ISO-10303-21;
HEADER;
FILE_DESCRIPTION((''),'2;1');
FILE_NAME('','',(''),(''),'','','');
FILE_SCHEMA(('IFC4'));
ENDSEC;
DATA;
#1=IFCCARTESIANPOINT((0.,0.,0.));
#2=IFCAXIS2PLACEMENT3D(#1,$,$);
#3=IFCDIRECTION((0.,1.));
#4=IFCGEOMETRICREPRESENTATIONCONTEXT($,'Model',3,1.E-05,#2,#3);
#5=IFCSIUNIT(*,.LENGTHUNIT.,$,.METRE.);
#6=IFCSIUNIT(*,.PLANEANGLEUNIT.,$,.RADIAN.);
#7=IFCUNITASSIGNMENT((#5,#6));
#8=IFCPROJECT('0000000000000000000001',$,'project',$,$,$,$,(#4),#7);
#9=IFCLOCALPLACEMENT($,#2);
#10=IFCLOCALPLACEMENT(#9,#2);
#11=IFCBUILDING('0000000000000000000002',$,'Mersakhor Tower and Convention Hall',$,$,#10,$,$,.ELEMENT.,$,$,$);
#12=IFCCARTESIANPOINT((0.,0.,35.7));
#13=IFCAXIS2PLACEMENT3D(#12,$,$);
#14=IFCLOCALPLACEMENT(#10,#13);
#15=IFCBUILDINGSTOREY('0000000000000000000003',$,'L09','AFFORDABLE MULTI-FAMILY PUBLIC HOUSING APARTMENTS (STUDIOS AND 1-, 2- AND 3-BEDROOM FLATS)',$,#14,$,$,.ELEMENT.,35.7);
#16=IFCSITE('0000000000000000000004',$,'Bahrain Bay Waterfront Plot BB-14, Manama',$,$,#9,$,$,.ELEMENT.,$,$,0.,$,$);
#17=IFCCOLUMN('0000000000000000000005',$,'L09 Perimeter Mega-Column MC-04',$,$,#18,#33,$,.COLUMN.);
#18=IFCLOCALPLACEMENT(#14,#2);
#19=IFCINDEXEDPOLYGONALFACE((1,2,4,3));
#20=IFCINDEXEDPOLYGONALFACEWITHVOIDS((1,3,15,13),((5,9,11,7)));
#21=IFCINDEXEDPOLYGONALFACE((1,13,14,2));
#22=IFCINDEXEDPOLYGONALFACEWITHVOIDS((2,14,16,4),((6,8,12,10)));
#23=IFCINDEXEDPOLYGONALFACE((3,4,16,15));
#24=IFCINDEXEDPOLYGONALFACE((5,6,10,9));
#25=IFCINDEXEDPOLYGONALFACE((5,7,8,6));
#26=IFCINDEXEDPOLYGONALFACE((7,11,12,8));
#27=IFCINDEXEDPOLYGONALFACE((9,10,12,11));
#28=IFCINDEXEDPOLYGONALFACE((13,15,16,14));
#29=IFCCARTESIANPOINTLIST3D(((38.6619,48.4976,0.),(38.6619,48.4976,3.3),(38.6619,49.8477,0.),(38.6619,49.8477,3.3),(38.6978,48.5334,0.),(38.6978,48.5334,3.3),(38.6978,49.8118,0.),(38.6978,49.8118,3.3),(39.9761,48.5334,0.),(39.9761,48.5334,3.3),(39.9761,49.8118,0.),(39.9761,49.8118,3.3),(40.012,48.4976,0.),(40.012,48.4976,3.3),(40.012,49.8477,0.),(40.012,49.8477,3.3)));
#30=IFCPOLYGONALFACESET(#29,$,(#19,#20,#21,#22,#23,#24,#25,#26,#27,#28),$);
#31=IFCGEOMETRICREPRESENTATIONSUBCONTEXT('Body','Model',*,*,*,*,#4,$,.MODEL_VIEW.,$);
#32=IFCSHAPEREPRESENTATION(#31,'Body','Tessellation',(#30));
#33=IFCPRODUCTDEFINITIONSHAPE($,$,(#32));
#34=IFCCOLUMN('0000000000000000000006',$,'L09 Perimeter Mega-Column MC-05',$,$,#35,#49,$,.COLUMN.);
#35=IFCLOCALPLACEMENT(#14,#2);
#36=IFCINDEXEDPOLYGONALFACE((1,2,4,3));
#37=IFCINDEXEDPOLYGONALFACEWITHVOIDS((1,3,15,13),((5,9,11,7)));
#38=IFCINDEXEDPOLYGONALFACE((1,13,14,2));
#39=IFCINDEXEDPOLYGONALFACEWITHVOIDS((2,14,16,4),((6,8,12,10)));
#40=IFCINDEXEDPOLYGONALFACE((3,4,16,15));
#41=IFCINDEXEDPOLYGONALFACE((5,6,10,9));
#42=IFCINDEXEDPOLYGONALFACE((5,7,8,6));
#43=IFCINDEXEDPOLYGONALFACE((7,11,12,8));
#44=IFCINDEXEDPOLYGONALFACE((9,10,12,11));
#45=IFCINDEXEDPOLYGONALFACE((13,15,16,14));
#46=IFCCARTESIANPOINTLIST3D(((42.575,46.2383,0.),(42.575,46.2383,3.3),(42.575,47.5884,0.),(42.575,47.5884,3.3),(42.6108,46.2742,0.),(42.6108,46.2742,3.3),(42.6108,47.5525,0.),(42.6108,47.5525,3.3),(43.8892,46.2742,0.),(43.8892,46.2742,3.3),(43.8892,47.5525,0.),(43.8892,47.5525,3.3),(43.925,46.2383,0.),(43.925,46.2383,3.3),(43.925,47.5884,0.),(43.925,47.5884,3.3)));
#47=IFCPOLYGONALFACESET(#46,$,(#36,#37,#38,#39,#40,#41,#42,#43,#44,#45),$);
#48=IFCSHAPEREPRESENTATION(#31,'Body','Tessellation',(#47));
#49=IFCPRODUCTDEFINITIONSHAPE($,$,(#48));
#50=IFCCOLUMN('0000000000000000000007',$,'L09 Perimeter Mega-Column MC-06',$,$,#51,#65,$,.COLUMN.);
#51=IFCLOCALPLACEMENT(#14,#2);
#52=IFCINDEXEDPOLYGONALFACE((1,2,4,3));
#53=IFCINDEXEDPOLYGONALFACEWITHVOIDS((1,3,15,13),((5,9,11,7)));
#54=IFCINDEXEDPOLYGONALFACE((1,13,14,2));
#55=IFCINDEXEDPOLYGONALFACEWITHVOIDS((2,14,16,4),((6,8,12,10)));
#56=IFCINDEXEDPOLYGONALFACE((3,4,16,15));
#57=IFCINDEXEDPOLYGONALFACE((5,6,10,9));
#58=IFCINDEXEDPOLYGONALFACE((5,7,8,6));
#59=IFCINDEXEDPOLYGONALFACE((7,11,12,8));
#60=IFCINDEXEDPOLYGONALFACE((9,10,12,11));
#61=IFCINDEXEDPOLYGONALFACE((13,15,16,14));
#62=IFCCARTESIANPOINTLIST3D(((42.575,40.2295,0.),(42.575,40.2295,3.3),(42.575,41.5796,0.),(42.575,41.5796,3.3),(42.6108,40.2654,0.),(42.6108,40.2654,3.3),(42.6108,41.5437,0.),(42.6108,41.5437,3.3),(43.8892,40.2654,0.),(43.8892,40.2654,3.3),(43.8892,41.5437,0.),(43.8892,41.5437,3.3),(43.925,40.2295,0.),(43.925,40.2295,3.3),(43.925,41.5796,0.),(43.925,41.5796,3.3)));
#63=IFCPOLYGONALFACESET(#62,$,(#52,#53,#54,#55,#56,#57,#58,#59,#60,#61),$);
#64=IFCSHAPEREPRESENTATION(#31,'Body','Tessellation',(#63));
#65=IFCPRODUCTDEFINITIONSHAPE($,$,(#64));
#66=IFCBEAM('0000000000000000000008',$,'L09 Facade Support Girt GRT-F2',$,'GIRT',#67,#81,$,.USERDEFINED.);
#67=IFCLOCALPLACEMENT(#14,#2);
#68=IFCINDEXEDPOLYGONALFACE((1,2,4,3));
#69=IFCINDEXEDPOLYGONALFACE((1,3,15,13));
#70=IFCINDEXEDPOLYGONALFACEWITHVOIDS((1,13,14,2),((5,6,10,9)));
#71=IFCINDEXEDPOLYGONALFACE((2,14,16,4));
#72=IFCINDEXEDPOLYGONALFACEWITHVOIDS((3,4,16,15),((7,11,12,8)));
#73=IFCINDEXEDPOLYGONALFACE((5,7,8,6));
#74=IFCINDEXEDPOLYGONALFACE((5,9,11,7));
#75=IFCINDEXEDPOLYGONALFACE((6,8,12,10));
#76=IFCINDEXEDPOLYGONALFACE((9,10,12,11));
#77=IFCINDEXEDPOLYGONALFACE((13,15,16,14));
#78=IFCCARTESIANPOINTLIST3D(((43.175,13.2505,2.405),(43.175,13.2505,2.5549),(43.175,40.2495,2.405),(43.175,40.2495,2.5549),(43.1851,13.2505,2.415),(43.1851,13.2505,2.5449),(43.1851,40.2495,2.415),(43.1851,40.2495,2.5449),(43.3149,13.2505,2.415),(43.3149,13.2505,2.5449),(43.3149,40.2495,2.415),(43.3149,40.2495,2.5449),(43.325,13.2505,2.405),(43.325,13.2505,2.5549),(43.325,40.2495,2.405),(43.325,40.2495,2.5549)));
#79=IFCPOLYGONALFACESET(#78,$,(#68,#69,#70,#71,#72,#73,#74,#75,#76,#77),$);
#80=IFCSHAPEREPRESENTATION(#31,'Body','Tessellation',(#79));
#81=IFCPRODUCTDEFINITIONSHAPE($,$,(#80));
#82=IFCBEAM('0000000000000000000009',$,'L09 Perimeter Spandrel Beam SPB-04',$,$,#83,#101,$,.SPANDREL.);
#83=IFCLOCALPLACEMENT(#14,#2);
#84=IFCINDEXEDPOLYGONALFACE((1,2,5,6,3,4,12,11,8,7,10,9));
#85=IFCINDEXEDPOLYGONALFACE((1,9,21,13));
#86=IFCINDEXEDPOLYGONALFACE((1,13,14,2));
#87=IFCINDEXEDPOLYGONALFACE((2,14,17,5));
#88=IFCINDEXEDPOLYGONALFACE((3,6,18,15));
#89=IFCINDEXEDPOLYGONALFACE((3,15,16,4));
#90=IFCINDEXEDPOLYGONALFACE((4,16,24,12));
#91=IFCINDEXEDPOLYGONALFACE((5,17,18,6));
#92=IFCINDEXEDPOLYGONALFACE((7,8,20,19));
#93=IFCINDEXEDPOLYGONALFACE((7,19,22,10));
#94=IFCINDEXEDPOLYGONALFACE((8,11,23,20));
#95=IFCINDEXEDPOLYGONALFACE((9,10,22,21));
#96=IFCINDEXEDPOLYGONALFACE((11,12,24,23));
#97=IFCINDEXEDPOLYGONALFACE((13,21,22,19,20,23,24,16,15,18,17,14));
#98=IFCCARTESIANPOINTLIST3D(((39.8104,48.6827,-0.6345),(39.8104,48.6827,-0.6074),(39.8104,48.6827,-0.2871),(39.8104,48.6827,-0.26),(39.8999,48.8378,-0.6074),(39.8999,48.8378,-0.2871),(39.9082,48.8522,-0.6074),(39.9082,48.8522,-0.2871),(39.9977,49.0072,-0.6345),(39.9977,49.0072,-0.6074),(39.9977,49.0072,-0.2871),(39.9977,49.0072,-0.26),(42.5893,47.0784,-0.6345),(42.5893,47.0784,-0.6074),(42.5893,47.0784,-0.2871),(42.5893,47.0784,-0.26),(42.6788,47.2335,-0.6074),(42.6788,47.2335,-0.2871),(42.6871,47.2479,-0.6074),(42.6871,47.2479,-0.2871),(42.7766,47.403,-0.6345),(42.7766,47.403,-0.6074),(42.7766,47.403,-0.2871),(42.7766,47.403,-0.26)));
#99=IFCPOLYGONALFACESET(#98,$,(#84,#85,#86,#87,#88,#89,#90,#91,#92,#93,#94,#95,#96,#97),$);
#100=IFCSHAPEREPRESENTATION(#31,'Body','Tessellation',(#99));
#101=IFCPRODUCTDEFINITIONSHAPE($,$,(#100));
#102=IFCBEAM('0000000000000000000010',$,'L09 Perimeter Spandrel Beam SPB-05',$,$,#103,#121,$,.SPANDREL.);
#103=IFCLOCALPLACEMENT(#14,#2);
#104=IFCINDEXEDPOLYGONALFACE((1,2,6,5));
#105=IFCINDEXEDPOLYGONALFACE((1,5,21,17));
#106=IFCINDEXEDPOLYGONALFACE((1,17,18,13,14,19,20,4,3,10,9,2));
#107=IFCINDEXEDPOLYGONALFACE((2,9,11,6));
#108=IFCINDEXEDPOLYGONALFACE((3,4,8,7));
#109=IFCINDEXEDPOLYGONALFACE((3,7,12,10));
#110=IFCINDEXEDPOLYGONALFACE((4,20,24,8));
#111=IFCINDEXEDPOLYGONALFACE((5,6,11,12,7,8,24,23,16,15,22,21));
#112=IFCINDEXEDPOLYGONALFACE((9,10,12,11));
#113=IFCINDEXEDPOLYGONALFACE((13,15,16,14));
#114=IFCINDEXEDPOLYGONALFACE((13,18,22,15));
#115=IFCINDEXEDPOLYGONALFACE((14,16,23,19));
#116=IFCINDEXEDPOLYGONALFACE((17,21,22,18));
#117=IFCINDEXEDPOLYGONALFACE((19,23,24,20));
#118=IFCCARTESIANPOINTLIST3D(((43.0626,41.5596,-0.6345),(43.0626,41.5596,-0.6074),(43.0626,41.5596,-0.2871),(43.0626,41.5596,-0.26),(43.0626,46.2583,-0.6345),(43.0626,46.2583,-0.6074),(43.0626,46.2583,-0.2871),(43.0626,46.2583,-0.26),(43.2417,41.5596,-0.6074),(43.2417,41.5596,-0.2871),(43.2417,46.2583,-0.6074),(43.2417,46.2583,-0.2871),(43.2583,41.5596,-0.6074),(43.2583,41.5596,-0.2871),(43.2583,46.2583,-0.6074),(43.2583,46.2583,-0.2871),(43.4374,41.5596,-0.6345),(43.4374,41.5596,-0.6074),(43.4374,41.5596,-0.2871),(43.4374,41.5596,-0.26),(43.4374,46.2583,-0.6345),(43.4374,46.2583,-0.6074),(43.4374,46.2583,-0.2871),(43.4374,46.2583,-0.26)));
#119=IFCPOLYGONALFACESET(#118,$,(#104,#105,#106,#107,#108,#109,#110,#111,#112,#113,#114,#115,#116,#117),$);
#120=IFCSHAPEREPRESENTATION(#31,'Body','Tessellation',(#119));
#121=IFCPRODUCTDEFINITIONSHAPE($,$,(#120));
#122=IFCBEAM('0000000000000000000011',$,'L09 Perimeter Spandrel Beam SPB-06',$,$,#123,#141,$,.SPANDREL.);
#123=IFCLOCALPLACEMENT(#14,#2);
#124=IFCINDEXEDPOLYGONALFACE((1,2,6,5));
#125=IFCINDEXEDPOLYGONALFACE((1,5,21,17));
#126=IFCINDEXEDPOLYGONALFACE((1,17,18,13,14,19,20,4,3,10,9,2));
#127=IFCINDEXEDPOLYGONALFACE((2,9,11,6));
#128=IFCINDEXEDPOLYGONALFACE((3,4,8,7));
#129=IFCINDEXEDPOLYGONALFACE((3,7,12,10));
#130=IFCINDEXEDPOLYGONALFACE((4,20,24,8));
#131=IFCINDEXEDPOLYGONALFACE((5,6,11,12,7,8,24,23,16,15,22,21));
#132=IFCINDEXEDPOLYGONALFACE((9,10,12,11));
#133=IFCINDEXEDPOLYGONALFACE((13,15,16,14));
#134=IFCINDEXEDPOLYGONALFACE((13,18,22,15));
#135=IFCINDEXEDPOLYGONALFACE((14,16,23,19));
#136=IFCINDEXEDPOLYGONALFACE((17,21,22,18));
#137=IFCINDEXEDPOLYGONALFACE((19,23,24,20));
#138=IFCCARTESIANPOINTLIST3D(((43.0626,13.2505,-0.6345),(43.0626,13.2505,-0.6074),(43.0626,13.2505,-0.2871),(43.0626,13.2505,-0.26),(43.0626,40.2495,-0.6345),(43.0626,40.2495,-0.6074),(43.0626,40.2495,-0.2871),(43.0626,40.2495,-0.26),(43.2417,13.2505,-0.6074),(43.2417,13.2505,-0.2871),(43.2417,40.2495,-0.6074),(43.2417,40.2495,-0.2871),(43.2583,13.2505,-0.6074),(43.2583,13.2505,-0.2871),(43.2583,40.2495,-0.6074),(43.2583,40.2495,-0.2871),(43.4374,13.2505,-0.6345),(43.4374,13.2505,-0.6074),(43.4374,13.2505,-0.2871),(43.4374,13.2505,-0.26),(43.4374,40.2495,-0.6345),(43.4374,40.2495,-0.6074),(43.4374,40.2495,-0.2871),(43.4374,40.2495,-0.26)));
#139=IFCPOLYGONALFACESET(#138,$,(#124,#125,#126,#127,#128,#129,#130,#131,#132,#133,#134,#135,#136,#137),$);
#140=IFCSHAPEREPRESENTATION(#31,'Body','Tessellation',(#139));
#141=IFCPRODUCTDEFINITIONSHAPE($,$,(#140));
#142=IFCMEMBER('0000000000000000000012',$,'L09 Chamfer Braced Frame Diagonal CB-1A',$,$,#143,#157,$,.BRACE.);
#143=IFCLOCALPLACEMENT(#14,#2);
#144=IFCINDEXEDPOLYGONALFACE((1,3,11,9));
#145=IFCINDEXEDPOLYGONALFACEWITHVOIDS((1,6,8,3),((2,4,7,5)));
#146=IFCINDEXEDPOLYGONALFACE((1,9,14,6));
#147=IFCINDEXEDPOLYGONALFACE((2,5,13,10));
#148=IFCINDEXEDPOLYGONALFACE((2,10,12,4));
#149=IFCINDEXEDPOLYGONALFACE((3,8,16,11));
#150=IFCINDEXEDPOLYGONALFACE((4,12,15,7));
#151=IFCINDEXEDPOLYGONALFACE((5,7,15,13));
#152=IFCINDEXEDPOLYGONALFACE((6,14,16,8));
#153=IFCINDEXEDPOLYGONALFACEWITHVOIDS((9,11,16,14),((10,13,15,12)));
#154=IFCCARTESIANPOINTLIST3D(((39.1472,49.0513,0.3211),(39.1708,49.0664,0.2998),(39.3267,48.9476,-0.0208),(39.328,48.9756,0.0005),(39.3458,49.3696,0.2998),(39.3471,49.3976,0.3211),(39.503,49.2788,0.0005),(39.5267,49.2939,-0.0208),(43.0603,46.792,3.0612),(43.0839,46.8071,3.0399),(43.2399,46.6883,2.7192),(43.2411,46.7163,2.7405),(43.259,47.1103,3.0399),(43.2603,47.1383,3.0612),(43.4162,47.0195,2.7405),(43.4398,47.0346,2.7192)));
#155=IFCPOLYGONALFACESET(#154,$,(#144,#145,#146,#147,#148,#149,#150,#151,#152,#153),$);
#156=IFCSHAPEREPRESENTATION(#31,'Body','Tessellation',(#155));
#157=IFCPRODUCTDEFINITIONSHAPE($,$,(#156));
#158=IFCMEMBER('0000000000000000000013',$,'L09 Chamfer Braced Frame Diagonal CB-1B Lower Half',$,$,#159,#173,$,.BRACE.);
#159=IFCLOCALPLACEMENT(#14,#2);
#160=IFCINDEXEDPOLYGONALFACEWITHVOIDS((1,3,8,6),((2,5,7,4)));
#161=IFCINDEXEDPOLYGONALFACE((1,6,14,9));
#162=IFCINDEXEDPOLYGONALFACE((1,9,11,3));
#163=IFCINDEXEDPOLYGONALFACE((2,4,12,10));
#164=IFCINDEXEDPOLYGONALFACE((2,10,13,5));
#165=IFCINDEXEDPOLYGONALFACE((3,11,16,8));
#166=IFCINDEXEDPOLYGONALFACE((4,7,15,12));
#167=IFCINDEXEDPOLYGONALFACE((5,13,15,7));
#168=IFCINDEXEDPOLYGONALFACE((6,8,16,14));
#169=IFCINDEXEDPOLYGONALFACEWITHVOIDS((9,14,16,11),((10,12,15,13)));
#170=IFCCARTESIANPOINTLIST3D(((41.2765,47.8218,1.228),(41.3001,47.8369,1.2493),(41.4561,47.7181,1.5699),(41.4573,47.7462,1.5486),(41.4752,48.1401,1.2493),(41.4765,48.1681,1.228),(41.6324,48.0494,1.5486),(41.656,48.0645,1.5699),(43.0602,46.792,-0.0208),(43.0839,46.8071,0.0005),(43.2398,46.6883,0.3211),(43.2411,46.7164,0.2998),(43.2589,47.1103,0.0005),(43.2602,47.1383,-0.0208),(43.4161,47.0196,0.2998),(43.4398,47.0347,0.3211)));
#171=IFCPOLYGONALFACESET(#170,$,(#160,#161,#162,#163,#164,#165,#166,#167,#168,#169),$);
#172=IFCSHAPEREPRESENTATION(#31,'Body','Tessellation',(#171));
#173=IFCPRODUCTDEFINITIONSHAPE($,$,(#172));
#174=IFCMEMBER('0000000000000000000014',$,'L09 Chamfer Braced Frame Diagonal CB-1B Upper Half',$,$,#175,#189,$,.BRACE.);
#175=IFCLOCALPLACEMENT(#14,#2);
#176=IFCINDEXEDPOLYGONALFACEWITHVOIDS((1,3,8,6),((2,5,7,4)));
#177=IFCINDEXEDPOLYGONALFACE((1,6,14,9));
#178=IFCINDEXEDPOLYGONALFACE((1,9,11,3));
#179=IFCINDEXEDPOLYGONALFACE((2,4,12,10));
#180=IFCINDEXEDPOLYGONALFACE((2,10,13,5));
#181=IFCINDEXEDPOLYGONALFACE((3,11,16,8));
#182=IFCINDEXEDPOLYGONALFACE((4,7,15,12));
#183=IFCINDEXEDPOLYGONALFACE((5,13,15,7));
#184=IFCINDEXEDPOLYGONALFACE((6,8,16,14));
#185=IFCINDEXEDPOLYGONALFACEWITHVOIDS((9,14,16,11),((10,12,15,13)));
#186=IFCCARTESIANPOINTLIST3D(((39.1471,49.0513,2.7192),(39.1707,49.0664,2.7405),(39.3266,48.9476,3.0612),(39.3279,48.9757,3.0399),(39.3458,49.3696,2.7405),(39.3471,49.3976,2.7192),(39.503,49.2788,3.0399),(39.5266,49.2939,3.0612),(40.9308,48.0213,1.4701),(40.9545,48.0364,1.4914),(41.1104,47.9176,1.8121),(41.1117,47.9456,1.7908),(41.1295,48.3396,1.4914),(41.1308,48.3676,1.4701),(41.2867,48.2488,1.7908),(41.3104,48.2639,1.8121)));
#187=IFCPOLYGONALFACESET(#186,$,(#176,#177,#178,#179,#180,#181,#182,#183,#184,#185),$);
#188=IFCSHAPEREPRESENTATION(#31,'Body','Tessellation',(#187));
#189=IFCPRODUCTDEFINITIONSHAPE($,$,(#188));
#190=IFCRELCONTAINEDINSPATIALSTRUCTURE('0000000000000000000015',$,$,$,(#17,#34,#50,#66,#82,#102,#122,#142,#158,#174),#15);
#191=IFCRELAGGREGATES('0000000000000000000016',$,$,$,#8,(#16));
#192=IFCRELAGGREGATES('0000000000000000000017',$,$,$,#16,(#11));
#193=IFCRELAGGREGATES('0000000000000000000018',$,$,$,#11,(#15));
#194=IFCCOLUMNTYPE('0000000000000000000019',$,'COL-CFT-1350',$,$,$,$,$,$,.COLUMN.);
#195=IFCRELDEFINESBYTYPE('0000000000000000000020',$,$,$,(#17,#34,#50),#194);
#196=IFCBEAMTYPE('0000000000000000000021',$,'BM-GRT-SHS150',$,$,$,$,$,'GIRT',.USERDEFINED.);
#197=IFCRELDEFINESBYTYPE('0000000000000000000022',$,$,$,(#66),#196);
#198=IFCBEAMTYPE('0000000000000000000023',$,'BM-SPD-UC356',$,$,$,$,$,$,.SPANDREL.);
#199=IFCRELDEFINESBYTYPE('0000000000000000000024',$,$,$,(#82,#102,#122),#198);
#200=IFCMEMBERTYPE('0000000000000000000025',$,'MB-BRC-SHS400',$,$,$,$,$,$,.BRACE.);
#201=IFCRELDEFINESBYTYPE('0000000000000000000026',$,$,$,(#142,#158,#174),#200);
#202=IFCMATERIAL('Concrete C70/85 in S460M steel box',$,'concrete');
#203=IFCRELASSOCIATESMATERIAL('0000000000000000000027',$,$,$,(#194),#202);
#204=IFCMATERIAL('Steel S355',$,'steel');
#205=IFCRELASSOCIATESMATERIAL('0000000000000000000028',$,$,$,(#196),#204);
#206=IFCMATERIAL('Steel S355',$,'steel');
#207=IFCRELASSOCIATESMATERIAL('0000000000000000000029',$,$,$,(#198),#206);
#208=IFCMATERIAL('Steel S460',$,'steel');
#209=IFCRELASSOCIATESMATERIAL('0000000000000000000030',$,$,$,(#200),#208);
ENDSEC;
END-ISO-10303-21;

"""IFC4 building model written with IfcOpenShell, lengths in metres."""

from ifc_helpers import new_model, si_unit, direction, frame, origin, origin_2d, place, context, subcontext, project, spatial, hollow_rectangle, i_section, extrude, material, material_profile, profile_set, type_object, element, save


model = new_model("IFC4")

# Units and contexts
model_context = context("Model", 3, precision=1e-05, world=origin(), true_north=direction((0.0, 1.0)))
body_context = subcontext(model_context, "Body", "Model", "MODEL_VIEW")
ifc_project = project(units=[si_unit("LENGTHUNIT", "METRE"), si_unit("PLANEANGLEUNIT", "RADIAN")], contexts=[model_context])

# Site, building, storey
site_placement = place(None, origin())
site = spatial("IfcSite", under=ifc_project, at=site_placement, Name="Bahrain Bay Waterfront Plot BB-14, Manama", CompositionType="ELEMENT", RefElevation=0.0)
building_placement = place(site_placement, origin())
building = spatial("IfcBuilding", under=site, at=building_placement, Name="Mersakhor Tower and Convention Hall", CompositionType="ELEMENT")
storey_placement = place(building_placement, frame((0.0, 0.0, 35.7)))
storey = spatial("IfcBuildingStorey", under=building, at=storey_placement, Name="L09", Description="AFFORDABLE MULTI-FAMILY PUBLIC HOUSING APARTMENTS (STUDIOS AND 1-, 2- AND 3-BEDROOM FLATS)", CompositionType="ELEMENT", Elevation=35.7)

# Columns
ifc_material_1 = material(Name="Concrete C70/85 in S460M steel box", Category="concrete")
ifc_material_profile_1 = material_profile(ifc_material_1, hollow_rectangle(XDim=1.3501, YDim=1.3501, WallThickness=0.0359, at=origin_2d()), Name="SHS 1350x1350x36")
ifc_profile_set_1 = profile_set([ifc_material_profile_1], Name="Concrete C70/85 in S460M steel box")
column_type = type_object("IfcColumnType", Name="COL-CFT-1350", PredefinedType="COLUMN", material=ifc_profile_set_1)
for number, where, z_axis, x_axis, name in (
    (1, (39.3369, 49.1726, 0.0), (0.0, 0.0, 1.0), (1.0, 0.0, 0.0), "L09 Perimeter Mega-Column MC-04"),
    (2, (43.25, 46.9133, 0.0), (0.0, 0.0, 1.0), (1.0, 0.0, 0.0), "L09 Perimeter Mega-Column MC-05"),
    (3, (43.25, 40.9045, 0.0), (0.0, 0.0, 1.0), (1.0, 0.0, 0.0), "L09 Perimeter Mega-Column MC-06"),
):
    element("IfcColumn", number, at=place(storey_placement, frame(where, z_axis=z_axis, x_axis=x_axis)), inside=storey, type_object=column_type, Name=name, PredefinedType="COLUMN", context=body_context, shape_type="SweptSolid", body=[
        extrude(hollow_rectangle(XDim=1.3501, YDim=1.3501, WallThickness=0.0359, at=origin_2d()), origin(), (0.0, 0.0, 1.0), 3.3),
    ])

# Beams
ifc_material_2 = material(Name="Steel S355", Category="steel")
ifc_material_profile_2 = material_profile(ifc_material_2, hollow_rectangle(XDim=0.1499, YDim=0.1499, WallThickness=0.01, at=origin_2d()), Name="SHS 150x150x10")
ifc_profile_set_2 = profile_set([ifc_material_profile_2], Name="Steel S355")
beam_type_1 = type_object("IfcBeamType", Name="BM-GRT-SHS150", ElementType="GIRT", PredefinedType="USERDEFINED", material=ifc_profile_set_2)
beam_1_placement = place(storey_placement, frame((43.25, 40.2495, 2.48), z_axis=(0.0, -1.0, 0.0), x_axis=(1.0, 0.0, 0.0)))
element("IfcBeam", 4, at=beam_1_placement, inside=storey, type_object=beam_type_1, Name="L09 Facade Support Girt GRT-F2", ObjectType="GIRT", PredefinedType="USERDEFINED", context=body_context, shape_type="SweptSolid", body=[
    extrude(hollow_rectangle(XDim=0.1499, YDim=0.1499, WallThickness=0.01, at=origin_2d()), origin(), (0.0, 0.0, 1.0), 26.999),
])
ifc_material_3 = material(Name="Steel S355", Category="steel")
ifc_material_profile_3 = material_profile(ifc_material_3, i_section(OverallWidth=0.3748, OverallDepth=0.3745, WebThickness=0.0166, FlangeThickness=0.0271, at=origin_2d()), Name="UC 356x368x202")
ifc_profile_set_3 = profile_set([ifc_material_profile_3], Name="Steel S355")
beam_type_2 = type_object("IfcBeamType", Name="BM-SPD-UC356", PredefinedType="SPANDREL", material=ifc_profile_set_3)
beam_2_placement = place(storey_placement, frame((39.9041, 48.845, -0.4473), z_axis=(0.866039, -0.499977, 0.0), x_axis=(0.499977, 0.866039, 0.0)))
element("IfcBeam", 5, at=beam_2_placement, inside=storey, type_object=beam_type_2, Name="L09 Perimeter Spandrel Beam SPB-04", PredefinedType="SPANDREL", context=body_context, shape_type="SweptSolid", body=[
    extrude(i_section(OverallWidth=0.3748, OverallDepth=0.3745, WebThickness=0.0166, FlangeThickness=0.0271, at=origin_2d()), origin(), (0.0, 0.0, 1.0), 3.2087),
])
beam_3_placement = place(storey_placement, frame((43.25, 46.2583, -0.4473), z_axis=(0.0, -1.0, 0.0), x_axis=(1.0, 0.0, 0.0)))
element("IfcBeam", 6, at=beam_3_placement, inside=storey, type_object=beam_type_2, Name="L09 Perimeter Spandrel Beam SPB-05", PredefinedType="SPANDREL", context=body_context, shape_type="SweptSolid", body=[
    extrude(i_section(OverallWidth=0.3748, OverallDepth=0.3745, WebThickness=0.0166, FlangeThickness=0.0271, at=origin_2d()), origin(), (0.0, 0.0, 1.0), 4.6987),
])
beam_4_placement = place(storey_placement, frame((43.25, 40.2495, -0.4473), z_axis=(0.0, -1.0, 0.0), x_axis=(1.0, 0.0, 0.0)))
element("IfcBeam", 7, at=beam_4_placement, inside=storey, type_object=beam_type_2, Name="L09 Perimeter Spandrel Beam SPB-06", PredefinedType="SPANDREL", context=body_context, shape_type="SweptSolid", body=[
    extrude(i_section(OverallWidth=0.3748, OverallDepth=0.3745, WebThickness=0.0166, FlangeThickness=0.0271, at=origin_2d()), origin(), (0.0, 0.0, 1.0), 26.999),
])

# Members
ifc_material_4 = material(Name="Steel S460", Category="steel")
ifc_material_profile_4 = material_profile(ifc_material_4, hollow_rectangle(XDim=0.3999, YDim=0.3999, WallThickness=0.0249, at=origin_2d()), Name="SHS 400x400x25")
ifc_profile_set_4 = profile_set([ifc_material_profile_4], Name="Steel S460")
member_type = type_object("IfcMemberType", Name="MB-BRC-SHS400", PredefinedType="BRACE", material=ifc_profile_set_4)
member_1_placement = place(storey_placement, frame((39.3369, 49.1726, 0.1501), z_axis=(0.740508, -0.427543, 0.518513), x_axis=(0.500009, 0.86602, 0.0)))
element("IfcMember", 8, at=member_1_placement, inside=storey, type_object=member_type, Name="L09 Chamfer Braced Frame Diagonal CB-1A", PredefinedType="BRACE", context=body_context, shape_type="SweptSolid", body=[
    extrude(hollow_rectangle(XDim=0.3999, YDim=0.3999, WallThickness=0.0249, at=origin_2d()), origin(), (0.0, 0.0, 1.0), 5.2844),
])
member_2_placement = place(storey_placement, frame((43.25, 46.9133, 0.1501), z_axis=(-0.740544, 0.427541, 0.518462), x_axis=(-0.499989, -0.866032, 0.0)))
element("IfcMember", 9, at=member_2_placement, inside=storey, type_object=member_type, Name="L09 Chamfer Braced Frame Diagonal CB-1B Lower Half", PredefinedType="BRACE", context=body_context, shape_type="SweptSolid", body=[
    extrude(hollow_rectangle(XDim=0.3999, YDim=0.3999, WallThickness=0.0249, at=origin_2d()), origin(), (0.0, 0.0, 1.0), 2.4087),
])
member_3_placement = place(storey_placement, frame((41.1206, 48.1426, 1.6411), z_axis=(-0.740473, 0.427601, 0.518514), x_axis=(-0.500078, -0.86598, 0.0)))
element("IfcMember", 10, at=member_3_placement, inside=storey, type_object=member_type, Name="L09 Chamfer Braced Frame Diagonal CB-1B Upper Half", PredefinedType="BRACE", context=body_context, shape_type="SweptSolid", body=[
    extrude(hollow_rectangle(XDim=0.3999, YDim=0.3999, WallThickness=0.0249, at=origin_2d()), origin(), (0.0, 0.0, 1.0), 2.4089),
])

save(model, "model.ifc")
